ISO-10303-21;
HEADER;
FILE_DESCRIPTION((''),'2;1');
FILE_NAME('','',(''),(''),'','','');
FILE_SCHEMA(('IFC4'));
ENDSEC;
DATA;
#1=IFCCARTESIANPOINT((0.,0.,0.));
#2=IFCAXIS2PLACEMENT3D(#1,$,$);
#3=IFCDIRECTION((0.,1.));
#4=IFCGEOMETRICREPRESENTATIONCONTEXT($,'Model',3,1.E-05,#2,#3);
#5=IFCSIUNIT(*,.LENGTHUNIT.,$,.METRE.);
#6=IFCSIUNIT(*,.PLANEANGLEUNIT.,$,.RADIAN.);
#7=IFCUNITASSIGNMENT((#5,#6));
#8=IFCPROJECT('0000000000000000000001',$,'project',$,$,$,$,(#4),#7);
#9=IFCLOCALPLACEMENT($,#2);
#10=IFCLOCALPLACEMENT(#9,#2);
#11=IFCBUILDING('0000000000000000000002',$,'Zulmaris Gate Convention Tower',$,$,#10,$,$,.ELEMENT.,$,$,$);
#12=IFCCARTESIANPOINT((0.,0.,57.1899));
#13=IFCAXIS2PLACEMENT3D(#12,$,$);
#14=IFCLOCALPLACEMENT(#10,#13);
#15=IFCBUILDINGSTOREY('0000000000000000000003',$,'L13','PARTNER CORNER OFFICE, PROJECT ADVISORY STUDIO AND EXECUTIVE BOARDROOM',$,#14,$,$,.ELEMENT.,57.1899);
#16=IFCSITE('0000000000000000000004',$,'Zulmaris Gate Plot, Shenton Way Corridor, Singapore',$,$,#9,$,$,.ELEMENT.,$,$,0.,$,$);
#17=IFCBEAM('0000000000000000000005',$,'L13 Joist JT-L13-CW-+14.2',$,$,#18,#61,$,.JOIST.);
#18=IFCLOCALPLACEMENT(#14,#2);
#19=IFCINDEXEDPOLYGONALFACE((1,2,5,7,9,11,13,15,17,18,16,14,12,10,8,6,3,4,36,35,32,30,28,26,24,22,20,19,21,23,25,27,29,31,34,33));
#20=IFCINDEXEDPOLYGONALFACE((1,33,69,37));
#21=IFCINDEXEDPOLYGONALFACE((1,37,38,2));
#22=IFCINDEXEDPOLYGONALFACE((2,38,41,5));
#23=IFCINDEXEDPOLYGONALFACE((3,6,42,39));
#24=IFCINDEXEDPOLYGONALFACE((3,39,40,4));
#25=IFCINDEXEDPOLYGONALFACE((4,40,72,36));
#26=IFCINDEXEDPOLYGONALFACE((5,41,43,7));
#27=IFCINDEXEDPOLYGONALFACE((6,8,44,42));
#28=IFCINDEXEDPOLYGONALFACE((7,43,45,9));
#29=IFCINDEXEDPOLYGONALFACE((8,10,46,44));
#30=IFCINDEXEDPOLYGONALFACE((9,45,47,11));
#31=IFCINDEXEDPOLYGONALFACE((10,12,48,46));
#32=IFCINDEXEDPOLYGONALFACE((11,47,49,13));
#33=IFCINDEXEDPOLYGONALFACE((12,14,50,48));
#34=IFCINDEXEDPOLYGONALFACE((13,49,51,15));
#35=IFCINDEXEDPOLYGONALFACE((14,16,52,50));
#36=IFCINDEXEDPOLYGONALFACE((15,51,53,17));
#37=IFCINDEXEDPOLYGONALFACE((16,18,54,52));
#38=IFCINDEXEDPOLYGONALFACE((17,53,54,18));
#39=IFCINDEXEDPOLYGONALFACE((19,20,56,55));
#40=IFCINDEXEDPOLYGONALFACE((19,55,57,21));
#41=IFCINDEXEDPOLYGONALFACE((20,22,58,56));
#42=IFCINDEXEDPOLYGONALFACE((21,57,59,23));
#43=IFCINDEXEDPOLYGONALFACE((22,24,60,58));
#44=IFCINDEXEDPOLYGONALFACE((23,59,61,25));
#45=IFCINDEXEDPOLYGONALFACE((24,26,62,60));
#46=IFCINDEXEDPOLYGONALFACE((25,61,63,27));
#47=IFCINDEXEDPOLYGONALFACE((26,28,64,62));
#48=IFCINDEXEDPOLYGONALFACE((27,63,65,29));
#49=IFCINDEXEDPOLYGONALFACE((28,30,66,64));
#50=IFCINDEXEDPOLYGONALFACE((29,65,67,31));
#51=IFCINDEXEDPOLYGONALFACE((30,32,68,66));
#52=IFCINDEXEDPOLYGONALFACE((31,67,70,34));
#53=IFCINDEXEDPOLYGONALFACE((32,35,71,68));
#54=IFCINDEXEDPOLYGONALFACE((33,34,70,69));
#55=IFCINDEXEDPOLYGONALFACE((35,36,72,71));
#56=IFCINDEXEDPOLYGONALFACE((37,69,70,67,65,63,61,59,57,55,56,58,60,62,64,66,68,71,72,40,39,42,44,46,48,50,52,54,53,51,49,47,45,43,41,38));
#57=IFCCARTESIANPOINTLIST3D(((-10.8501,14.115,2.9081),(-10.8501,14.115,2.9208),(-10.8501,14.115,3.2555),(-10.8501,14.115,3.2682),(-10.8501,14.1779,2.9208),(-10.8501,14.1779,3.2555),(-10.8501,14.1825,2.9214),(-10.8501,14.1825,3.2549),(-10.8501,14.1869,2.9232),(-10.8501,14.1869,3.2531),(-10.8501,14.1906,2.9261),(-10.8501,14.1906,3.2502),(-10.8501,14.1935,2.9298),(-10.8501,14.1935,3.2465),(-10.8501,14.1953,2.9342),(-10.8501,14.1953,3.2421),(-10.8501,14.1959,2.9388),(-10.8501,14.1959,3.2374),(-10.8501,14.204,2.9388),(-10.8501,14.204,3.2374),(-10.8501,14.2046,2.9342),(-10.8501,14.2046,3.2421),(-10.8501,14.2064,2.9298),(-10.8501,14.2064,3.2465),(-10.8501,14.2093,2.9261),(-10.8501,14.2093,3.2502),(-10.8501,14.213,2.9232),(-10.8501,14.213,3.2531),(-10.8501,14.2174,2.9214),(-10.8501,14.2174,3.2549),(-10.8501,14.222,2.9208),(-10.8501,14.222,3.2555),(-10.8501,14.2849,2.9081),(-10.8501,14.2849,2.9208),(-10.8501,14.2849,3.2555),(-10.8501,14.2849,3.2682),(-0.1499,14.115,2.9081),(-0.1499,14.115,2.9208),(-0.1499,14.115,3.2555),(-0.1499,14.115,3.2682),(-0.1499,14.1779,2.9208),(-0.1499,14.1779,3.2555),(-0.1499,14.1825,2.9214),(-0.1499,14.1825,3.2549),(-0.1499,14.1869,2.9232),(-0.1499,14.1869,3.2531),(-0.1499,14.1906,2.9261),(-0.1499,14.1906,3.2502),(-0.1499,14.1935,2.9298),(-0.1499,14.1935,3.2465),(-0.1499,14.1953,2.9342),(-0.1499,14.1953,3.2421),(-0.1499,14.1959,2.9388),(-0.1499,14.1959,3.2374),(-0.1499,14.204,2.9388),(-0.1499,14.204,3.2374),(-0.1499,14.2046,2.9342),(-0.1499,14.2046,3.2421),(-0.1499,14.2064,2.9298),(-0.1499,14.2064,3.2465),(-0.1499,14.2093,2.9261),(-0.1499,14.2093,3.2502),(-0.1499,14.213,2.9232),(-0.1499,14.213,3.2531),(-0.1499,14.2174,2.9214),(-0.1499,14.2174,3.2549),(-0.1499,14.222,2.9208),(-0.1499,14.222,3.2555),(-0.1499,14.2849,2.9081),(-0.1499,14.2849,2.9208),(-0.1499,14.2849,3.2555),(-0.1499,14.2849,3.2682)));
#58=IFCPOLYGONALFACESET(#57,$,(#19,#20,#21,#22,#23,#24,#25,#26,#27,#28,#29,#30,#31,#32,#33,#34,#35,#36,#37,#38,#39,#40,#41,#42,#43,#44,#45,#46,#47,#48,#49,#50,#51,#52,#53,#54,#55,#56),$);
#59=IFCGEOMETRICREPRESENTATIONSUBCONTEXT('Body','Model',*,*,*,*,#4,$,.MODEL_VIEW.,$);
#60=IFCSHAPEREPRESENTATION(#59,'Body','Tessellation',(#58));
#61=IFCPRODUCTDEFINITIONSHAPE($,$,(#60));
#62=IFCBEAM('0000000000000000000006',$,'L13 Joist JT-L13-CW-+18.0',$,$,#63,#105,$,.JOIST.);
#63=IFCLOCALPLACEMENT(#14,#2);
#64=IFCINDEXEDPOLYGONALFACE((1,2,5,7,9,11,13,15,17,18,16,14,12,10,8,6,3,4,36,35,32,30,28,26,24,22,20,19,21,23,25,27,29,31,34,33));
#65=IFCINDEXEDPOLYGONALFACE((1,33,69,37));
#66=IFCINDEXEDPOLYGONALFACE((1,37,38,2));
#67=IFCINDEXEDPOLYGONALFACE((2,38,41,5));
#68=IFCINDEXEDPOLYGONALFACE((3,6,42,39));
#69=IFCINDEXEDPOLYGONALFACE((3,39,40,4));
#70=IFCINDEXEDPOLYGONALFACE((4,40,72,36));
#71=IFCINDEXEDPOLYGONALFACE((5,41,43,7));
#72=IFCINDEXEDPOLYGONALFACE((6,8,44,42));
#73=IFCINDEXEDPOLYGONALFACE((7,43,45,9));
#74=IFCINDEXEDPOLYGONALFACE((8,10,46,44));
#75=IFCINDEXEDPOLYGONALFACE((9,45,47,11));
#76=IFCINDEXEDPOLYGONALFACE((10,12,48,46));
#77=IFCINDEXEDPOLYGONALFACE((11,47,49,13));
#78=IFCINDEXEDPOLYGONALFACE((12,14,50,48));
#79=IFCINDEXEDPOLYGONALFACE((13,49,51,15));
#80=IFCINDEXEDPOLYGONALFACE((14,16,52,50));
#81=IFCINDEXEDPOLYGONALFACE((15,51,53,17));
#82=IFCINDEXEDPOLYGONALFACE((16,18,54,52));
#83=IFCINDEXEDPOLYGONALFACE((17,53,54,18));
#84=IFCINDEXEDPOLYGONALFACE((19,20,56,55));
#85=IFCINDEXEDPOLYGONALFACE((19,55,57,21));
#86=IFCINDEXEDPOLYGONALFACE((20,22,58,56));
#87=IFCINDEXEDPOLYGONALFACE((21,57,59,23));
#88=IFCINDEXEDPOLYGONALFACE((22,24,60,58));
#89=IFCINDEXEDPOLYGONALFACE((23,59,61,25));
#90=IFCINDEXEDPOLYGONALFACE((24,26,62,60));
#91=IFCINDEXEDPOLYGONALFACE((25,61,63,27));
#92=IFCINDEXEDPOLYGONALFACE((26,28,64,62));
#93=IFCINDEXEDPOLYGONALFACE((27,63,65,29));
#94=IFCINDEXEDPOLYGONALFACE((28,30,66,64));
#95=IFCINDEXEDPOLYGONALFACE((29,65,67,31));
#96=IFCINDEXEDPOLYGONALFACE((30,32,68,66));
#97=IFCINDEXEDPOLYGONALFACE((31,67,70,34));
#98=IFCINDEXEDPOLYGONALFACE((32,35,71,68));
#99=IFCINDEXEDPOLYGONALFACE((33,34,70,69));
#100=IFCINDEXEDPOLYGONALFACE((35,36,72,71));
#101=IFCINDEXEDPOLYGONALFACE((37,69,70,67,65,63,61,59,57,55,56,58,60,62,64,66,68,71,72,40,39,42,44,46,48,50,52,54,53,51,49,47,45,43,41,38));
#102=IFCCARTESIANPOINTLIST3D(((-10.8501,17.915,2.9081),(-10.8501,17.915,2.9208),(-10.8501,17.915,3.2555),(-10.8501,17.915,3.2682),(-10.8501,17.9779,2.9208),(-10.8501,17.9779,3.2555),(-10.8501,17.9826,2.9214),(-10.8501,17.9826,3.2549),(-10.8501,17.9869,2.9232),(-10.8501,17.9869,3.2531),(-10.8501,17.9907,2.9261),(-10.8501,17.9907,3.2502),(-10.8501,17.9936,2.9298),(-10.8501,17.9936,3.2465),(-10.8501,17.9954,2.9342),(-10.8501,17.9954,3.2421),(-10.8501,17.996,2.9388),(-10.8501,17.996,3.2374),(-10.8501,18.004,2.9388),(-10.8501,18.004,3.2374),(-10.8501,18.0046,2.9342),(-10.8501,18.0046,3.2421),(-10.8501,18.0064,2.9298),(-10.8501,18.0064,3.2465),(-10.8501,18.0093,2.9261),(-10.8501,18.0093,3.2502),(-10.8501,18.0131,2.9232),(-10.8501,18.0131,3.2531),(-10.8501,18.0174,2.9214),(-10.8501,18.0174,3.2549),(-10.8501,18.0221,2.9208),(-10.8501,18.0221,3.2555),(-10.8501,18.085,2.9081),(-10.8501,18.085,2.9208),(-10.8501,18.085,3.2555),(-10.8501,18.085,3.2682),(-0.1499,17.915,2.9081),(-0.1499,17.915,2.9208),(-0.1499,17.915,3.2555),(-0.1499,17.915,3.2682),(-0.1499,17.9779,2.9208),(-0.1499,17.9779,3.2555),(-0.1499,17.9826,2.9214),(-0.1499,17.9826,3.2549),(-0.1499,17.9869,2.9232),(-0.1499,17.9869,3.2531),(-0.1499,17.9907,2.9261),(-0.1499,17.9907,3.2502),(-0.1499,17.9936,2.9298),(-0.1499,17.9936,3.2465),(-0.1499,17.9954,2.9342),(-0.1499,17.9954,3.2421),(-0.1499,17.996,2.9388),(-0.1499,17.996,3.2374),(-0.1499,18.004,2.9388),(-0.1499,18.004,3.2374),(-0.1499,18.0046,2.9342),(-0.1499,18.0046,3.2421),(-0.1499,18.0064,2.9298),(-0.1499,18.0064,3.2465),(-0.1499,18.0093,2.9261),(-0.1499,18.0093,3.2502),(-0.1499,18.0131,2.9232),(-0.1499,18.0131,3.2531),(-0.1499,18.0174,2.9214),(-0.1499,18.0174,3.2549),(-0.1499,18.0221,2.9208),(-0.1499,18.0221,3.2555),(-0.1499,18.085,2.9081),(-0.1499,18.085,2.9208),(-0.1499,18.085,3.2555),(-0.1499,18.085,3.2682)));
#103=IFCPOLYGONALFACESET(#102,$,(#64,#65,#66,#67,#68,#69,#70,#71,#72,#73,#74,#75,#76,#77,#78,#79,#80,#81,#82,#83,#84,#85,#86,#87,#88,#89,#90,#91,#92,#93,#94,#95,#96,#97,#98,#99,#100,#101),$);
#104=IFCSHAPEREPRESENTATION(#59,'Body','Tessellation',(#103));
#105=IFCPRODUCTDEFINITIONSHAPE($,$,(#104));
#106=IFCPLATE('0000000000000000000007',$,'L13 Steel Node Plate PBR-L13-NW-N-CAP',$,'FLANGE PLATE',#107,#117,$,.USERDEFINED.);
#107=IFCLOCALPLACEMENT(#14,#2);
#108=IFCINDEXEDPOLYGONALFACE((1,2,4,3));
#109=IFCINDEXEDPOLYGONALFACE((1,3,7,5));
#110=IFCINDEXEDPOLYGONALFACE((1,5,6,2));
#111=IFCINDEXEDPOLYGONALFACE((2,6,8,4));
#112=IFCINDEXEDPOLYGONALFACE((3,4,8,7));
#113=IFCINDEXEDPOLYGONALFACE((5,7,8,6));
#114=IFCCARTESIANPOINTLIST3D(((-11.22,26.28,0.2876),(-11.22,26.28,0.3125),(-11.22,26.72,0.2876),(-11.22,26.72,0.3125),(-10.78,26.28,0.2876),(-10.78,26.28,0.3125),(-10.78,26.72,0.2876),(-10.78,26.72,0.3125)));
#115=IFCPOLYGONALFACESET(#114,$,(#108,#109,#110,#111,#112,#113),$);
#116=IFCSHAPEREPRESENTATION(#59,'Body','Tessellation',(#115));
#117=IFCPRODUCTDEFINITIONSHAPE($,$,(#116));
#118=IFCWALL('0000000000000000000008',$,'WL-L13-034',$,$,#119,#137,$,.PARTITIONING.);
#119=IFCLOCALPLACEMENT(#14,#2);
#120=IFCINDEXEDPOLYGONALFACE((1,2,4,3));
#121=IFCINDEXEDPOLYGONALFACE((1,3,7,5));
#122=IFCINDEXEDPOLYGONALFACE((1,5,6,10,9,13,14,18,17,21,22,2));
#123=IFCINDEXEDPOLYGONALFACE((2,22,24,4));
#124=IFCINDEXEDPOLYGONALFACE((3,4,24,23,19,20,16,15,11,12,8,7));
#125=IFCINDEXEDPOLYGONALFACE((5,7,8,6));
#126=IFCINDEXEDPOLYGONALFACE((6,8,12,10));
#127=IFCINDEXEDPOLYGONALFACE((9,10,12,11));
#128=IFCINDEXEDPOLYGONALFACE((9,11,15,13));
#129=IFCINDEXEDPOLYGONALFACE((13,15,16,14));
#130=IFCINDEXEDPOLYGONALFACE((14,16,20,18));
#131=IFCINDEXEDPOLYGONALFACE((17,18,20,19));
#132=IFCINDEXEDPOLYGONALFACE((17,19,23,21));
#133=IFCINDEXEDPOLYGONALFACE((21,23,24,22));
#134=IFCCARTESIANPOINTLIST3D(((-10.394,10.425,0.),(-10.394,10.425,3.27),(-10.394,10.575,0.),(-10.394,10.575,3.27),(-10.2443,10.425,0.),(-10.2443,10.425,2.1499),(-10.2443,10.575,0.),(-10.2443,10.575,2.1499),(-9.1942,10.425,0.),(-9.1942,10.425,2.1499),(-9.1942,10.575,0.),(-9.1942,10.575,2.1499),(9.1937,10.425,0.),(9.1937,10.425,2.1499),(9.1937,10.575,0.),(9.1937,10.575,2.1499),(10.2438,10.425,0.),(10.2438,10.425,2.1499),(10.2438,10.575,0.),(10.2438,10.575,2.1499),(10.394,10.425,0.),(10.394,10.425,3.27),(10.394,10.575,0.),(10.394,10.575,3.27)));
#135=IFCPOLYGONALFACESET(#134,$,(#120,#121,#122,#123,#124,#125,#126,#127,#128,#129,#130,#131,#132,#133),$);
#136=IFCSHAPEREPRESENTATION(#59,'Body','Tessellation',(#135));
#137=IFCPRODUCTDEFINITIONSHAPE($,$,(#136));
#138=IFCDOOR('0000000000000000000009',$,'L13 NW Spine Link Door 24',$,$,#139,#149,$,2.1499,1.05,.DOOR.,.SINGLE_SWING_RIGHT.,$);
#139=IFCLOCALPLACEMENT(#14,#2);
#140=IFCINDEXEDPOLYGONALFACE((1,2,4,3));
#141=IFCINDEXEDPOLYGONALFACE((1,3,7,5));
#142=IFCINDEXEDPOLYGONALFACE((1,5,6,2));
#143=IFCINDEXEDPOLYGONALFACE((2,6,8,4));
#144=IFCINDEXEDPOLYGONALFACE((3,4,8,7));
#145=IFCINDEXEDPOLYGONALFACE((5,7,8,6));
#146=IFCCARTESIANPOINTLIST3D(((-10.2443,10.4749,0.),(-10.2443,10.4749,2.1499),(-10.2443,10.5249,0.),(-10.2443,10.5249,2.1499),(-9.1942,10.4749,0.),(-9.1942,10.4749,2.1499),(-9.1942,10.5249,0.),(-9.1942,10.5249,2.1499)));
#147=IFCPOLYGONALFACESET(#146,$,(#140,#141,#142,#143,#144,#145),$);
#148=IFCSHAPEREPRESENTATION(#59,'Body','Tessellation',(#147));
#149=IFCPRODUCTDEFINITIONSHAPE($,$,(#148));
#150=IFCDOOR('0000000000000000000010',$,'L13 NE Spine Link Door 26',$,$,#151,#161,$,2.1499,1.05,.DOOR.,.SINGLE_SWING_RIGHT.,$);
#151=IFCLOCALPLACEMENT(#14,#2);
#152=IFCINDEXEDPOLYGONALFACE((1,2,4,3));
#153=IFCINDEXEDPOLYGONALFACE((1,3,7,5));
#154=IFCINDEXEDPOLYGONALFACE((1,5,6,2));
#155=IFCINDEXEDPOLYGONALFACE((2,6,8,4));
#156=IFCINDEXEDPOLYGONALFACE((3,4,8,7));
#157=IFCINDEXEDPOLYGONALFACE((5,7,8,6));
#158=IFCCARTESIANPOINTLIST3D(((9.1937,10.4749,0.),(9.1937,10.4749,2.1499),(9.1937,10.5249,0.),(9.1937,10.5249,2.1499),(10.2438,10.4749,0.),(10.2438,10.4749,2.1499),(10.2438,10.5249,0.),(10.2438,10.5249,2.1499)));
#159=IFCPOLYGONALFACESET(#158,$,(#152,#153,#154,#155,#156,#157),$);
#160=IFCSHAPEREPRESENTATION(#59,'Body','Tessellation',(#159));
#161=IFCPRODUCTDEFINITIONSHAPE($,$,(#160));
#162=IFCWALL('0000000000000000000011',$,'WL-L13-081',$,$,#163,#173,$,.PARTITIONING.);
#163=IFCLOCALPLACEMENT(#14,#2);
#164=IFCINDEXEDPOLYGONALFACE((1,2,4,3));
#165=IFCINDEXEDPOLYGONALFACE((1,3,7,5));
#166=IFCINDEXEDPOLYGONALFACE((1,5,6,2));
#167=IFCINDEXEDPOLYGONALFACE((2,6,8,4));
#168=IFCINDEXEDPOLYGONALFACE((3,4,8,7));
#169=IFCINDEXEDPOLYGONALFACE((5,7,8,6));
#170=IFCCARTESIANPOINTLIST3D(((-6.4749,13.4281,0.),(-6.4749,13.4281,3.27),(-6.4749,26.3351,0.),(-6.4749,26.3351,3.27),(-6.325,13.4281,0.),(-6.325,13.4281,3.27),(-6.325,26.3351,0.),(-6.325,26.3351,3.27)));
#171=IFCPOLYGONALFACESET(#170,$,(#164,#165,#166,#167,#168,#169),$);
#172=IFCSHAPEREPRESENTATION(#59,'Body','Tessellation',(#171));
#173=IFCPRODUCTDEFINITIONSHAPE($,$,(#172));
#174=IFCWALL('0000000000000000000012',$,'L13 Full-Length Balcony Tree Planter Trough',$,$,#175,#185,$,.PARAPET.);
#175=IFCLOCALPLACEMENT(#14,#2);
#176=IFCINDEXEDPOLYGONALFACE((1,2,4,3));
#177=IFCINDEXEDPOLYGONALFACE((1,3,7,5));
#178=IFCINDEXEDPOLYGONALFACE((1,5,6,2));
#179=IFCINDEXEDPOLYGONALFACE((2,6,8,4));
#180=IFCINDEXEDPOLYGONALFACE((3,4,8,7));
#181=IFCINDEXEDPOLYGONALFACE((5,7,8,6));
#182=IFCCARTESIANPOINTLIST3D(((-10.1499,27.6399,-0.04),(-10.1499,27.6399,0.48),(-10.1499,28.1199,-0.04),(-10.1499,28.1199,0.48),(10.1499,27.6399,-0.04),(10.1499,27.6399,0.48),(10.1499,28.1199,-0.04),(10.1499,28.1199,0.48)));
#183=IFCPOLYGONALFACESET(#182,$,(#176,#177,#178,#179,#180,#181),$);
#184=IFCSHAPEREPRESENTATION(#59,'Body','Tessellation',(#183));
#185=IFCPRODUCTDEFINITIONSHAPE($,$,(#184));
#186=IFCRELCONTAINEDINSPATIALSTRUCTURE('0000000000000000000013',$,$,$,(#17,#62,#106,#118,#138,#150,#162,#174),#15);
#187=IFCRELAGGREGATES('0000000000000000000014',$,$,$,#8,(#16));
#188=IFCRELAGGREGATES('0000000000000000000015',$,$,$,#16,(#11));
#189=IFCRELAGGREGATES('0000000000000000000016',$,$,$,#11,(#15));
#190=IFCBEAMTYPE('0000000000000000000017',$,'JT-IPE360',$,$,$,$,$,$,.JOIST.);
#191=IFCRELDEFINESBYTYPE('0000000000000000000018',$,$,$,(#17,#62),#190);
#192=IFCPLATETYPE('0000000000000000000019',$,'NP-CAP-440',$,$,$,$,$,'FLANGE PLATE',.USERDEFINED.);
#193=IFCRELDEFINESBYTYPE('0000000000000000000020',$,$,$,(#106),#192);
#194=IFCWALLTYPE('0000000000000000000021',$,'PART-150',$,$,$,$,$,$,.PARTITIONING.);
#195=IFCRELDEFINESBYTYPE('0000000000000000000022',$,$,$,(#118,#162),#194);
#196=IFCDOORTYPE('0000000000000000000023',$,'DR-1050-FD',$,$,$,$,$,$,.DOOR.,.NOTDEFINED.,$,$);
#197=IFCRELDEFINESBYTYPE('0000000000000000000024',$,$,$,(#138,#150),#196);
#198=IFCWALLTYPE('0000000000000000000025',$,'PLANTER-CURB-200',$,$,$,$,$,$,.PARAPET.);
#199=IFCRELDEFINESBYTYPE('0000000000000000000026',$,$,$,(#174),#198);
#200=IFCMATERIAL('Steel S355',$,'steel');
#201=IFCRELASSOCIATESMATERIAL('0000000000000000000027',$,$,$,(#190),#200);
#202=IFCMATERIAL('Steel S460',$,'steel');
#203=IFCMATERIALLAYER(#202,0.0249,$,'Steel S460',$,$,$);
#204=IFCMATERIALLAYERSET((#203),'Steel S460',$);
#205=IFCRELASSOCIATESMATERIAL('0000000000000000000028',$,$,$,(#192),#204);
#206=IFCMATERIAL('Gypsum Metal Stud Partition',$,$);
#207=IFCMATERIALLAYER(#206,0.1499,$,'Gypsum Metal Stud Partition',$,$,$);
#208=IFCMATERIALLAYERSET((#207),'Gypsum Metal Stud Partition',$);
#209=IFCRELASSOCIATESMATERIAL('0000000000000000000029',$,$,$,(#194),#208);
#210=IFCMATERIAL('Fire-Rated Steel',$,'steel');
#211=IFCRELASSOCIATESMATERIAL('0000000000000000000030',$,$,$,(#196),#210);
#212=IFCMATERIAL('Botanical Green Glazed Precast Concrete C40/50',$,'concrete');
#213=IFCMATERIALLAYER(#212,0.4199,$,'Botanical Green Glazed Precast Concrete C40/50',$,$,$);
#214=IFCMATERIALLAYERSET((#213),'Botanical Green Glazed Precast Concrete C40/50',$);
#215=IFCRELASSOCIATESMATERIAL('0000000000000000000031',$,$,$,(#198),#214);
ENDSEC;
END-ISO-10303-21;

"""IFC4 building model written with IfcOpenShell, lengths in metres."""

from ifc_helpers import new_model, si_unit, direction, frame, frame_2d, origin, origin_2d, place, context, subcontext, project, spatial, rectangle, i_section, extrude, material, layer, layer_set, material_profile, profile_set, type_object, element, fill, save


model = new_model("IFC4")

# Units and contexts
model_context = context("Model", 3, precision=1e-05, world=origin(), true_north=direction((0.0, 1.0)))
body_context = subcontext(model_context, "Body", "Model", "MODEL_VIEW")
ifc_project = project(units=[si_unit("LENGTHUNIT", "METRE"), si_unit("PLANEANGLEUNIT", "RADIAN")], contexts=[model_context])

# Site, building, storey
site_placement = place(None, origin())
site = spatial("IfcSite", under=ifc_project, at=site_placement, Name="Zulmaris Gate Plot, Shenton Way Corridor, Singapore", CompositionType="ELEMENT", RefElevation=0.0)
building_placement = place(site_placement, origin())
building = spatial("IfcBuilding", under=site, at=building_placement, Name="Zulmaris Gate Convention Tower", CompositionType="ELEMENT")
storey_placement = place(building_placement, frame((0.0, 0.0, 57.1899)))
storey = spatial("IfcBuildingStorey", under=building, at=storey_placement, Name="L13", Description="PARTNER CORNER OFFICE, PROJECT ADVISORY STUDIO AND EXECUTIVE BOARDROOM", CompositionType="ELEMENT", Elevation=57.1899)

# Shared definitions
ifc_material_1 = material(Name="Steel S355", Category="steel")

# Shared definitions
ifc_material_2 = material(Name="Steel S460", Category="steel")

# Beams
ifc_material_profile_1 = material_profile(ifc_material_1, i_section(OverallWidth=0.1699, OverallDepth=0.3601, WebThickness=0.0081, FlangeThickness=0.0127, FilletRadius=0.0181, at=origin_2d()), Name="IPE 360")
ifc_profile_set_1 = profile_set([ifc_material_profile_1], Name="Steel S355")
beam_type_1 = type_object("IfcBeamType", Name="JT-IPE360", PredefinedType="JOIST", material=ifc_profile_set_1)
for number, where, z_axis, x_axis, name in (
    (1, (-10.8501, 14.2, 3.0881), (1.0, 0.0, 0.0), (0.0, 1.0, 0.0), "L13 Joist JT-L13-CW-+14.2"),
    (2, (-10.8501, 18.0, 3.0881), (1.0, 0.0, 0.0), (0.0, 1.0, 0.0), "L13 Joist JT-L13-CW-+18.0"),
):
    element("IfcBeam", number, at=place(storey_placement, frame(where, z_axis=z_axis, x_axis=x_axis)), inside=storey, type_object=beam_type_1, Name=name, PredefinedType="JOIST", context=body_context, shape_type="SweptSolid", body=[
        extrude(i_section(OverallWidth=0.1699, OverallDepth=0.3601, WebThickness=0.0081, FlangeThickness=0.0127, FilletRadius=0.0181, at=origin_2d()), origin(), (0.0, 0.0, 1.0), 10.7002),
    ])

# Plate
ifc_layer_1 = layer(ifc_material_2, 0.0249, Name="Steel S460")
ifc_layer_set_1 = layer_set([ifc_layer_1], Name="Steel S460")
plate_type = type_object("IfcPlateType", Name="NP-CAP-440", ElementType="FLANGE PLATE", PredefinedType="USERDEFINED", material=ifc_layer_set_1)
plate_placement = place(storey_placement, frame((-11.0, 26.5, 0.2876), z_axis=(0.0, 0.0, 1.0), x_axis=(1.0, 0.0, 0.0)))
element("IfcPlate", 3, at=plate_placement, inside=storey, type_object=plate_type, Name="L13 Steel Node Plate PBR-L13-NW-N-CAP", ObjectType="FLANGE PLATE", PredefinedType="USERDEFINED", context=body_context, shape_type="SweptSolid", body=[
    extrude(rectangle(XDim=0.4399, YDim=0.4399, at=origin_2d()), origin(), (0.0, 0.0, 1.0), 0.0249),
])

# Wall, openings, doors
ifc_material_3 = material(Name="Gypsum Metal Stud Partition")
ifc_layer_2 = layer(ifc_material_3, 0.1499, Name="Gypsum Metal Stud Partition")
ifc_layer_set_2 = layer_set([ifc_layer_2], Name="Gypsum Metal Stud Partition")
wall_type_1 = type_object("IfcWallType", Name="PART-150", PredefinedType="PARTITIONING", material=ifc_layer_set_2)
wall_1_placement = place(storey_placement, frame((-10.394, 10.5, 0.0), z_axis=(0.0, 0.0, 1.0), x_axis=(1.0, 0.0, 0.0)))
wall_1 = element("IfcWall", 4, at=wall_1_placement, inside=storey, type_object=wall_type_1, Name="WL-L13-034", PredefinedType="PARTITIONING", context=body_context, shape_type="SweptSolid", body=[
    extrude(rectangle(XDim=20.7881, YDim=0.1499, at=frame_2d((10.394, 0.0))), origin(), (0.0, 0.0, 1.0), 3.27),
])
opening_1_placement = place(wall_1_placement, frame((0.1499, 0.0, 0.0)))
opening_1 = element("IfcOpeningElement", 5, at=opening_1_placement, cuts=wall_1, PredefinedType="OPENING", context=body_context, shape_type="SweptSolid", body=[
    extrude(rectangle(XDim=1.05, YDim=2.1499, at=frame_2d((0.5249, 1.075))), frame((0.0, 0.085, 0.0), z_axis=(0.0, -1.0, 0.0), x_axis=(1.0, 0.0, 0.0)), (0.0, 0.0, 1.0), 0.1699),
])
opening_2_placement = place(wall_1_placement, frame((19.5879, 0.0, 0.0)))
opening_2 = element("IfcOpeningElement", 6, at=opening_2_placement, cuts=wall_1, PredefinedType="OPENING", context=body_context, shape_type="SweptSolid", body=[
    extrude(rectangle(XDim=1.05, YDim=2.1499, at=frame_2d((0.5249, 1.075))), frame((0.0, 0.085, 0.0), z_axis=(0.0, -1.0, 0.0), x_axis=(1.0, 0.0, 0.0)), (0.0, 0.0, 1.0), 0.1699),
])
ifc_material_4 = material(Name="Fire-Rated Steel", Category="steel")
door_type_1 = type_object("IfcDoorType", Name="DR-1050-FD", OperationType="NOTDEFINED", PredefinedType="DOOR", material=ifc_material_4)
door_1_placement = place(opening_1_placement, origin())
door_1 = element("IfcDoor", 7, at=door_1_placement, inside=storey, type_object=door_type_1, Name="L13 NW Spine Link Door 24", OperationType="SINGLE_SWING_RIGHT", OverallHeight=2.1499, OverallWidth=1.05, PredefinedType="DOOR", context=body_context, shape_type="SweptSolid", body=[
    extrude(rectangle(XDim=1.05, YDim=2.1499, at=frame_2d((0.5249, 1.075))), frame((0.0, 0.0249, 0.0), z_axis=(0.0, -1.0, 0.0), x_axis=(1.0, 0.0, 0.0)), (0.0, 0.0, 1.0), 0.05),
])
fill(opening_1, door_1)
door_2_placement = place(opening_2_placement, origin())
door_2 = element("IfcDoor", 8, at=door_2_placement, inside=storey, type_object=door_type_1, Name="L13 NE Spine Link Door 26", OperationType="SINGLE_SWING_RIGHT", OverallHeight=2.1499, OverallWidth=1.05, PredefinedType="DOOR", context=body_context, shape_type="SweptSolid", body=[
    extrude(rectangle(XDim=1.05, YDim=2.1499, at=frame_2d((0.5249, 1.075))), frame((0.0, 0.0249, 0.0), z_axis=(0.0, -1.0, 0.0), x_axis=(1.0, 0.0, 0.0)), (0.0, 0.0, 1.0), 0.05),
])
fill(opening_2, door_2)

# Walls
wall_2_placement = place(storey_placement, frame((-6.3999, 13.428, 0.0), z_axis=(0.0, 0.0, 1.0), x_axis=(0.0, 1.0, 0.0)))
element("IfcWall", 9, at=wall_2_placement, inside=storey, type_object=wall_type_1, Name="WL-L13-081", PredefinedType="PARTITIONING", context=body_context, shape_type="SweptSolid", body=[
    extrude(rectangle(XDim=12.907, YDim=0.1499, at=frame_2d((6.4536, 0.0))), origin(), (0.0, 0.0, 1.0), 3.27),
])
ifc_material_5 = material(Name="Botanical Green Glazed Precast Concrete C40/50", Category="concrete")
ifc_layer_3 = layer(ifc_material_5, 0.4199, Name="Botanical Green Glazed Precast Concrete C40/50")
ifc_layer_set_3 = layer_set([ifc_layer_3], Name="Botanical Green Glazed Precast Concrete C40/50")
wall_type_2 = type_object("IfcWallType", Name="PLANTER-CURB-200", PredefinedType="PARAPET", material=ifc_layer_set_3)
wall_3_placement = place(storey_placement, frame((-10.1499, 27.8799, -0.04), z_axis=(0.0, 0.0, 1.0), x_axis=(1.0, 0.0, 0.0)))
element("IfcWall", 10, at=wall_3_placement, inside=storey, type_object=wall_type_2, Name="L13 Full-Length Balcony Tree Planter Trough", PredefinedType="PARAPET", context=body_context, shape_type="SweptSolid", body=[
    extrude(rectangle(XDim=20.2998, YDim=0.48, at=frame_2d((10.1499, 0.0))), origin(), (0.0, 0.0, 1.0), 0.52),
])

save(model, "model.ifc")
